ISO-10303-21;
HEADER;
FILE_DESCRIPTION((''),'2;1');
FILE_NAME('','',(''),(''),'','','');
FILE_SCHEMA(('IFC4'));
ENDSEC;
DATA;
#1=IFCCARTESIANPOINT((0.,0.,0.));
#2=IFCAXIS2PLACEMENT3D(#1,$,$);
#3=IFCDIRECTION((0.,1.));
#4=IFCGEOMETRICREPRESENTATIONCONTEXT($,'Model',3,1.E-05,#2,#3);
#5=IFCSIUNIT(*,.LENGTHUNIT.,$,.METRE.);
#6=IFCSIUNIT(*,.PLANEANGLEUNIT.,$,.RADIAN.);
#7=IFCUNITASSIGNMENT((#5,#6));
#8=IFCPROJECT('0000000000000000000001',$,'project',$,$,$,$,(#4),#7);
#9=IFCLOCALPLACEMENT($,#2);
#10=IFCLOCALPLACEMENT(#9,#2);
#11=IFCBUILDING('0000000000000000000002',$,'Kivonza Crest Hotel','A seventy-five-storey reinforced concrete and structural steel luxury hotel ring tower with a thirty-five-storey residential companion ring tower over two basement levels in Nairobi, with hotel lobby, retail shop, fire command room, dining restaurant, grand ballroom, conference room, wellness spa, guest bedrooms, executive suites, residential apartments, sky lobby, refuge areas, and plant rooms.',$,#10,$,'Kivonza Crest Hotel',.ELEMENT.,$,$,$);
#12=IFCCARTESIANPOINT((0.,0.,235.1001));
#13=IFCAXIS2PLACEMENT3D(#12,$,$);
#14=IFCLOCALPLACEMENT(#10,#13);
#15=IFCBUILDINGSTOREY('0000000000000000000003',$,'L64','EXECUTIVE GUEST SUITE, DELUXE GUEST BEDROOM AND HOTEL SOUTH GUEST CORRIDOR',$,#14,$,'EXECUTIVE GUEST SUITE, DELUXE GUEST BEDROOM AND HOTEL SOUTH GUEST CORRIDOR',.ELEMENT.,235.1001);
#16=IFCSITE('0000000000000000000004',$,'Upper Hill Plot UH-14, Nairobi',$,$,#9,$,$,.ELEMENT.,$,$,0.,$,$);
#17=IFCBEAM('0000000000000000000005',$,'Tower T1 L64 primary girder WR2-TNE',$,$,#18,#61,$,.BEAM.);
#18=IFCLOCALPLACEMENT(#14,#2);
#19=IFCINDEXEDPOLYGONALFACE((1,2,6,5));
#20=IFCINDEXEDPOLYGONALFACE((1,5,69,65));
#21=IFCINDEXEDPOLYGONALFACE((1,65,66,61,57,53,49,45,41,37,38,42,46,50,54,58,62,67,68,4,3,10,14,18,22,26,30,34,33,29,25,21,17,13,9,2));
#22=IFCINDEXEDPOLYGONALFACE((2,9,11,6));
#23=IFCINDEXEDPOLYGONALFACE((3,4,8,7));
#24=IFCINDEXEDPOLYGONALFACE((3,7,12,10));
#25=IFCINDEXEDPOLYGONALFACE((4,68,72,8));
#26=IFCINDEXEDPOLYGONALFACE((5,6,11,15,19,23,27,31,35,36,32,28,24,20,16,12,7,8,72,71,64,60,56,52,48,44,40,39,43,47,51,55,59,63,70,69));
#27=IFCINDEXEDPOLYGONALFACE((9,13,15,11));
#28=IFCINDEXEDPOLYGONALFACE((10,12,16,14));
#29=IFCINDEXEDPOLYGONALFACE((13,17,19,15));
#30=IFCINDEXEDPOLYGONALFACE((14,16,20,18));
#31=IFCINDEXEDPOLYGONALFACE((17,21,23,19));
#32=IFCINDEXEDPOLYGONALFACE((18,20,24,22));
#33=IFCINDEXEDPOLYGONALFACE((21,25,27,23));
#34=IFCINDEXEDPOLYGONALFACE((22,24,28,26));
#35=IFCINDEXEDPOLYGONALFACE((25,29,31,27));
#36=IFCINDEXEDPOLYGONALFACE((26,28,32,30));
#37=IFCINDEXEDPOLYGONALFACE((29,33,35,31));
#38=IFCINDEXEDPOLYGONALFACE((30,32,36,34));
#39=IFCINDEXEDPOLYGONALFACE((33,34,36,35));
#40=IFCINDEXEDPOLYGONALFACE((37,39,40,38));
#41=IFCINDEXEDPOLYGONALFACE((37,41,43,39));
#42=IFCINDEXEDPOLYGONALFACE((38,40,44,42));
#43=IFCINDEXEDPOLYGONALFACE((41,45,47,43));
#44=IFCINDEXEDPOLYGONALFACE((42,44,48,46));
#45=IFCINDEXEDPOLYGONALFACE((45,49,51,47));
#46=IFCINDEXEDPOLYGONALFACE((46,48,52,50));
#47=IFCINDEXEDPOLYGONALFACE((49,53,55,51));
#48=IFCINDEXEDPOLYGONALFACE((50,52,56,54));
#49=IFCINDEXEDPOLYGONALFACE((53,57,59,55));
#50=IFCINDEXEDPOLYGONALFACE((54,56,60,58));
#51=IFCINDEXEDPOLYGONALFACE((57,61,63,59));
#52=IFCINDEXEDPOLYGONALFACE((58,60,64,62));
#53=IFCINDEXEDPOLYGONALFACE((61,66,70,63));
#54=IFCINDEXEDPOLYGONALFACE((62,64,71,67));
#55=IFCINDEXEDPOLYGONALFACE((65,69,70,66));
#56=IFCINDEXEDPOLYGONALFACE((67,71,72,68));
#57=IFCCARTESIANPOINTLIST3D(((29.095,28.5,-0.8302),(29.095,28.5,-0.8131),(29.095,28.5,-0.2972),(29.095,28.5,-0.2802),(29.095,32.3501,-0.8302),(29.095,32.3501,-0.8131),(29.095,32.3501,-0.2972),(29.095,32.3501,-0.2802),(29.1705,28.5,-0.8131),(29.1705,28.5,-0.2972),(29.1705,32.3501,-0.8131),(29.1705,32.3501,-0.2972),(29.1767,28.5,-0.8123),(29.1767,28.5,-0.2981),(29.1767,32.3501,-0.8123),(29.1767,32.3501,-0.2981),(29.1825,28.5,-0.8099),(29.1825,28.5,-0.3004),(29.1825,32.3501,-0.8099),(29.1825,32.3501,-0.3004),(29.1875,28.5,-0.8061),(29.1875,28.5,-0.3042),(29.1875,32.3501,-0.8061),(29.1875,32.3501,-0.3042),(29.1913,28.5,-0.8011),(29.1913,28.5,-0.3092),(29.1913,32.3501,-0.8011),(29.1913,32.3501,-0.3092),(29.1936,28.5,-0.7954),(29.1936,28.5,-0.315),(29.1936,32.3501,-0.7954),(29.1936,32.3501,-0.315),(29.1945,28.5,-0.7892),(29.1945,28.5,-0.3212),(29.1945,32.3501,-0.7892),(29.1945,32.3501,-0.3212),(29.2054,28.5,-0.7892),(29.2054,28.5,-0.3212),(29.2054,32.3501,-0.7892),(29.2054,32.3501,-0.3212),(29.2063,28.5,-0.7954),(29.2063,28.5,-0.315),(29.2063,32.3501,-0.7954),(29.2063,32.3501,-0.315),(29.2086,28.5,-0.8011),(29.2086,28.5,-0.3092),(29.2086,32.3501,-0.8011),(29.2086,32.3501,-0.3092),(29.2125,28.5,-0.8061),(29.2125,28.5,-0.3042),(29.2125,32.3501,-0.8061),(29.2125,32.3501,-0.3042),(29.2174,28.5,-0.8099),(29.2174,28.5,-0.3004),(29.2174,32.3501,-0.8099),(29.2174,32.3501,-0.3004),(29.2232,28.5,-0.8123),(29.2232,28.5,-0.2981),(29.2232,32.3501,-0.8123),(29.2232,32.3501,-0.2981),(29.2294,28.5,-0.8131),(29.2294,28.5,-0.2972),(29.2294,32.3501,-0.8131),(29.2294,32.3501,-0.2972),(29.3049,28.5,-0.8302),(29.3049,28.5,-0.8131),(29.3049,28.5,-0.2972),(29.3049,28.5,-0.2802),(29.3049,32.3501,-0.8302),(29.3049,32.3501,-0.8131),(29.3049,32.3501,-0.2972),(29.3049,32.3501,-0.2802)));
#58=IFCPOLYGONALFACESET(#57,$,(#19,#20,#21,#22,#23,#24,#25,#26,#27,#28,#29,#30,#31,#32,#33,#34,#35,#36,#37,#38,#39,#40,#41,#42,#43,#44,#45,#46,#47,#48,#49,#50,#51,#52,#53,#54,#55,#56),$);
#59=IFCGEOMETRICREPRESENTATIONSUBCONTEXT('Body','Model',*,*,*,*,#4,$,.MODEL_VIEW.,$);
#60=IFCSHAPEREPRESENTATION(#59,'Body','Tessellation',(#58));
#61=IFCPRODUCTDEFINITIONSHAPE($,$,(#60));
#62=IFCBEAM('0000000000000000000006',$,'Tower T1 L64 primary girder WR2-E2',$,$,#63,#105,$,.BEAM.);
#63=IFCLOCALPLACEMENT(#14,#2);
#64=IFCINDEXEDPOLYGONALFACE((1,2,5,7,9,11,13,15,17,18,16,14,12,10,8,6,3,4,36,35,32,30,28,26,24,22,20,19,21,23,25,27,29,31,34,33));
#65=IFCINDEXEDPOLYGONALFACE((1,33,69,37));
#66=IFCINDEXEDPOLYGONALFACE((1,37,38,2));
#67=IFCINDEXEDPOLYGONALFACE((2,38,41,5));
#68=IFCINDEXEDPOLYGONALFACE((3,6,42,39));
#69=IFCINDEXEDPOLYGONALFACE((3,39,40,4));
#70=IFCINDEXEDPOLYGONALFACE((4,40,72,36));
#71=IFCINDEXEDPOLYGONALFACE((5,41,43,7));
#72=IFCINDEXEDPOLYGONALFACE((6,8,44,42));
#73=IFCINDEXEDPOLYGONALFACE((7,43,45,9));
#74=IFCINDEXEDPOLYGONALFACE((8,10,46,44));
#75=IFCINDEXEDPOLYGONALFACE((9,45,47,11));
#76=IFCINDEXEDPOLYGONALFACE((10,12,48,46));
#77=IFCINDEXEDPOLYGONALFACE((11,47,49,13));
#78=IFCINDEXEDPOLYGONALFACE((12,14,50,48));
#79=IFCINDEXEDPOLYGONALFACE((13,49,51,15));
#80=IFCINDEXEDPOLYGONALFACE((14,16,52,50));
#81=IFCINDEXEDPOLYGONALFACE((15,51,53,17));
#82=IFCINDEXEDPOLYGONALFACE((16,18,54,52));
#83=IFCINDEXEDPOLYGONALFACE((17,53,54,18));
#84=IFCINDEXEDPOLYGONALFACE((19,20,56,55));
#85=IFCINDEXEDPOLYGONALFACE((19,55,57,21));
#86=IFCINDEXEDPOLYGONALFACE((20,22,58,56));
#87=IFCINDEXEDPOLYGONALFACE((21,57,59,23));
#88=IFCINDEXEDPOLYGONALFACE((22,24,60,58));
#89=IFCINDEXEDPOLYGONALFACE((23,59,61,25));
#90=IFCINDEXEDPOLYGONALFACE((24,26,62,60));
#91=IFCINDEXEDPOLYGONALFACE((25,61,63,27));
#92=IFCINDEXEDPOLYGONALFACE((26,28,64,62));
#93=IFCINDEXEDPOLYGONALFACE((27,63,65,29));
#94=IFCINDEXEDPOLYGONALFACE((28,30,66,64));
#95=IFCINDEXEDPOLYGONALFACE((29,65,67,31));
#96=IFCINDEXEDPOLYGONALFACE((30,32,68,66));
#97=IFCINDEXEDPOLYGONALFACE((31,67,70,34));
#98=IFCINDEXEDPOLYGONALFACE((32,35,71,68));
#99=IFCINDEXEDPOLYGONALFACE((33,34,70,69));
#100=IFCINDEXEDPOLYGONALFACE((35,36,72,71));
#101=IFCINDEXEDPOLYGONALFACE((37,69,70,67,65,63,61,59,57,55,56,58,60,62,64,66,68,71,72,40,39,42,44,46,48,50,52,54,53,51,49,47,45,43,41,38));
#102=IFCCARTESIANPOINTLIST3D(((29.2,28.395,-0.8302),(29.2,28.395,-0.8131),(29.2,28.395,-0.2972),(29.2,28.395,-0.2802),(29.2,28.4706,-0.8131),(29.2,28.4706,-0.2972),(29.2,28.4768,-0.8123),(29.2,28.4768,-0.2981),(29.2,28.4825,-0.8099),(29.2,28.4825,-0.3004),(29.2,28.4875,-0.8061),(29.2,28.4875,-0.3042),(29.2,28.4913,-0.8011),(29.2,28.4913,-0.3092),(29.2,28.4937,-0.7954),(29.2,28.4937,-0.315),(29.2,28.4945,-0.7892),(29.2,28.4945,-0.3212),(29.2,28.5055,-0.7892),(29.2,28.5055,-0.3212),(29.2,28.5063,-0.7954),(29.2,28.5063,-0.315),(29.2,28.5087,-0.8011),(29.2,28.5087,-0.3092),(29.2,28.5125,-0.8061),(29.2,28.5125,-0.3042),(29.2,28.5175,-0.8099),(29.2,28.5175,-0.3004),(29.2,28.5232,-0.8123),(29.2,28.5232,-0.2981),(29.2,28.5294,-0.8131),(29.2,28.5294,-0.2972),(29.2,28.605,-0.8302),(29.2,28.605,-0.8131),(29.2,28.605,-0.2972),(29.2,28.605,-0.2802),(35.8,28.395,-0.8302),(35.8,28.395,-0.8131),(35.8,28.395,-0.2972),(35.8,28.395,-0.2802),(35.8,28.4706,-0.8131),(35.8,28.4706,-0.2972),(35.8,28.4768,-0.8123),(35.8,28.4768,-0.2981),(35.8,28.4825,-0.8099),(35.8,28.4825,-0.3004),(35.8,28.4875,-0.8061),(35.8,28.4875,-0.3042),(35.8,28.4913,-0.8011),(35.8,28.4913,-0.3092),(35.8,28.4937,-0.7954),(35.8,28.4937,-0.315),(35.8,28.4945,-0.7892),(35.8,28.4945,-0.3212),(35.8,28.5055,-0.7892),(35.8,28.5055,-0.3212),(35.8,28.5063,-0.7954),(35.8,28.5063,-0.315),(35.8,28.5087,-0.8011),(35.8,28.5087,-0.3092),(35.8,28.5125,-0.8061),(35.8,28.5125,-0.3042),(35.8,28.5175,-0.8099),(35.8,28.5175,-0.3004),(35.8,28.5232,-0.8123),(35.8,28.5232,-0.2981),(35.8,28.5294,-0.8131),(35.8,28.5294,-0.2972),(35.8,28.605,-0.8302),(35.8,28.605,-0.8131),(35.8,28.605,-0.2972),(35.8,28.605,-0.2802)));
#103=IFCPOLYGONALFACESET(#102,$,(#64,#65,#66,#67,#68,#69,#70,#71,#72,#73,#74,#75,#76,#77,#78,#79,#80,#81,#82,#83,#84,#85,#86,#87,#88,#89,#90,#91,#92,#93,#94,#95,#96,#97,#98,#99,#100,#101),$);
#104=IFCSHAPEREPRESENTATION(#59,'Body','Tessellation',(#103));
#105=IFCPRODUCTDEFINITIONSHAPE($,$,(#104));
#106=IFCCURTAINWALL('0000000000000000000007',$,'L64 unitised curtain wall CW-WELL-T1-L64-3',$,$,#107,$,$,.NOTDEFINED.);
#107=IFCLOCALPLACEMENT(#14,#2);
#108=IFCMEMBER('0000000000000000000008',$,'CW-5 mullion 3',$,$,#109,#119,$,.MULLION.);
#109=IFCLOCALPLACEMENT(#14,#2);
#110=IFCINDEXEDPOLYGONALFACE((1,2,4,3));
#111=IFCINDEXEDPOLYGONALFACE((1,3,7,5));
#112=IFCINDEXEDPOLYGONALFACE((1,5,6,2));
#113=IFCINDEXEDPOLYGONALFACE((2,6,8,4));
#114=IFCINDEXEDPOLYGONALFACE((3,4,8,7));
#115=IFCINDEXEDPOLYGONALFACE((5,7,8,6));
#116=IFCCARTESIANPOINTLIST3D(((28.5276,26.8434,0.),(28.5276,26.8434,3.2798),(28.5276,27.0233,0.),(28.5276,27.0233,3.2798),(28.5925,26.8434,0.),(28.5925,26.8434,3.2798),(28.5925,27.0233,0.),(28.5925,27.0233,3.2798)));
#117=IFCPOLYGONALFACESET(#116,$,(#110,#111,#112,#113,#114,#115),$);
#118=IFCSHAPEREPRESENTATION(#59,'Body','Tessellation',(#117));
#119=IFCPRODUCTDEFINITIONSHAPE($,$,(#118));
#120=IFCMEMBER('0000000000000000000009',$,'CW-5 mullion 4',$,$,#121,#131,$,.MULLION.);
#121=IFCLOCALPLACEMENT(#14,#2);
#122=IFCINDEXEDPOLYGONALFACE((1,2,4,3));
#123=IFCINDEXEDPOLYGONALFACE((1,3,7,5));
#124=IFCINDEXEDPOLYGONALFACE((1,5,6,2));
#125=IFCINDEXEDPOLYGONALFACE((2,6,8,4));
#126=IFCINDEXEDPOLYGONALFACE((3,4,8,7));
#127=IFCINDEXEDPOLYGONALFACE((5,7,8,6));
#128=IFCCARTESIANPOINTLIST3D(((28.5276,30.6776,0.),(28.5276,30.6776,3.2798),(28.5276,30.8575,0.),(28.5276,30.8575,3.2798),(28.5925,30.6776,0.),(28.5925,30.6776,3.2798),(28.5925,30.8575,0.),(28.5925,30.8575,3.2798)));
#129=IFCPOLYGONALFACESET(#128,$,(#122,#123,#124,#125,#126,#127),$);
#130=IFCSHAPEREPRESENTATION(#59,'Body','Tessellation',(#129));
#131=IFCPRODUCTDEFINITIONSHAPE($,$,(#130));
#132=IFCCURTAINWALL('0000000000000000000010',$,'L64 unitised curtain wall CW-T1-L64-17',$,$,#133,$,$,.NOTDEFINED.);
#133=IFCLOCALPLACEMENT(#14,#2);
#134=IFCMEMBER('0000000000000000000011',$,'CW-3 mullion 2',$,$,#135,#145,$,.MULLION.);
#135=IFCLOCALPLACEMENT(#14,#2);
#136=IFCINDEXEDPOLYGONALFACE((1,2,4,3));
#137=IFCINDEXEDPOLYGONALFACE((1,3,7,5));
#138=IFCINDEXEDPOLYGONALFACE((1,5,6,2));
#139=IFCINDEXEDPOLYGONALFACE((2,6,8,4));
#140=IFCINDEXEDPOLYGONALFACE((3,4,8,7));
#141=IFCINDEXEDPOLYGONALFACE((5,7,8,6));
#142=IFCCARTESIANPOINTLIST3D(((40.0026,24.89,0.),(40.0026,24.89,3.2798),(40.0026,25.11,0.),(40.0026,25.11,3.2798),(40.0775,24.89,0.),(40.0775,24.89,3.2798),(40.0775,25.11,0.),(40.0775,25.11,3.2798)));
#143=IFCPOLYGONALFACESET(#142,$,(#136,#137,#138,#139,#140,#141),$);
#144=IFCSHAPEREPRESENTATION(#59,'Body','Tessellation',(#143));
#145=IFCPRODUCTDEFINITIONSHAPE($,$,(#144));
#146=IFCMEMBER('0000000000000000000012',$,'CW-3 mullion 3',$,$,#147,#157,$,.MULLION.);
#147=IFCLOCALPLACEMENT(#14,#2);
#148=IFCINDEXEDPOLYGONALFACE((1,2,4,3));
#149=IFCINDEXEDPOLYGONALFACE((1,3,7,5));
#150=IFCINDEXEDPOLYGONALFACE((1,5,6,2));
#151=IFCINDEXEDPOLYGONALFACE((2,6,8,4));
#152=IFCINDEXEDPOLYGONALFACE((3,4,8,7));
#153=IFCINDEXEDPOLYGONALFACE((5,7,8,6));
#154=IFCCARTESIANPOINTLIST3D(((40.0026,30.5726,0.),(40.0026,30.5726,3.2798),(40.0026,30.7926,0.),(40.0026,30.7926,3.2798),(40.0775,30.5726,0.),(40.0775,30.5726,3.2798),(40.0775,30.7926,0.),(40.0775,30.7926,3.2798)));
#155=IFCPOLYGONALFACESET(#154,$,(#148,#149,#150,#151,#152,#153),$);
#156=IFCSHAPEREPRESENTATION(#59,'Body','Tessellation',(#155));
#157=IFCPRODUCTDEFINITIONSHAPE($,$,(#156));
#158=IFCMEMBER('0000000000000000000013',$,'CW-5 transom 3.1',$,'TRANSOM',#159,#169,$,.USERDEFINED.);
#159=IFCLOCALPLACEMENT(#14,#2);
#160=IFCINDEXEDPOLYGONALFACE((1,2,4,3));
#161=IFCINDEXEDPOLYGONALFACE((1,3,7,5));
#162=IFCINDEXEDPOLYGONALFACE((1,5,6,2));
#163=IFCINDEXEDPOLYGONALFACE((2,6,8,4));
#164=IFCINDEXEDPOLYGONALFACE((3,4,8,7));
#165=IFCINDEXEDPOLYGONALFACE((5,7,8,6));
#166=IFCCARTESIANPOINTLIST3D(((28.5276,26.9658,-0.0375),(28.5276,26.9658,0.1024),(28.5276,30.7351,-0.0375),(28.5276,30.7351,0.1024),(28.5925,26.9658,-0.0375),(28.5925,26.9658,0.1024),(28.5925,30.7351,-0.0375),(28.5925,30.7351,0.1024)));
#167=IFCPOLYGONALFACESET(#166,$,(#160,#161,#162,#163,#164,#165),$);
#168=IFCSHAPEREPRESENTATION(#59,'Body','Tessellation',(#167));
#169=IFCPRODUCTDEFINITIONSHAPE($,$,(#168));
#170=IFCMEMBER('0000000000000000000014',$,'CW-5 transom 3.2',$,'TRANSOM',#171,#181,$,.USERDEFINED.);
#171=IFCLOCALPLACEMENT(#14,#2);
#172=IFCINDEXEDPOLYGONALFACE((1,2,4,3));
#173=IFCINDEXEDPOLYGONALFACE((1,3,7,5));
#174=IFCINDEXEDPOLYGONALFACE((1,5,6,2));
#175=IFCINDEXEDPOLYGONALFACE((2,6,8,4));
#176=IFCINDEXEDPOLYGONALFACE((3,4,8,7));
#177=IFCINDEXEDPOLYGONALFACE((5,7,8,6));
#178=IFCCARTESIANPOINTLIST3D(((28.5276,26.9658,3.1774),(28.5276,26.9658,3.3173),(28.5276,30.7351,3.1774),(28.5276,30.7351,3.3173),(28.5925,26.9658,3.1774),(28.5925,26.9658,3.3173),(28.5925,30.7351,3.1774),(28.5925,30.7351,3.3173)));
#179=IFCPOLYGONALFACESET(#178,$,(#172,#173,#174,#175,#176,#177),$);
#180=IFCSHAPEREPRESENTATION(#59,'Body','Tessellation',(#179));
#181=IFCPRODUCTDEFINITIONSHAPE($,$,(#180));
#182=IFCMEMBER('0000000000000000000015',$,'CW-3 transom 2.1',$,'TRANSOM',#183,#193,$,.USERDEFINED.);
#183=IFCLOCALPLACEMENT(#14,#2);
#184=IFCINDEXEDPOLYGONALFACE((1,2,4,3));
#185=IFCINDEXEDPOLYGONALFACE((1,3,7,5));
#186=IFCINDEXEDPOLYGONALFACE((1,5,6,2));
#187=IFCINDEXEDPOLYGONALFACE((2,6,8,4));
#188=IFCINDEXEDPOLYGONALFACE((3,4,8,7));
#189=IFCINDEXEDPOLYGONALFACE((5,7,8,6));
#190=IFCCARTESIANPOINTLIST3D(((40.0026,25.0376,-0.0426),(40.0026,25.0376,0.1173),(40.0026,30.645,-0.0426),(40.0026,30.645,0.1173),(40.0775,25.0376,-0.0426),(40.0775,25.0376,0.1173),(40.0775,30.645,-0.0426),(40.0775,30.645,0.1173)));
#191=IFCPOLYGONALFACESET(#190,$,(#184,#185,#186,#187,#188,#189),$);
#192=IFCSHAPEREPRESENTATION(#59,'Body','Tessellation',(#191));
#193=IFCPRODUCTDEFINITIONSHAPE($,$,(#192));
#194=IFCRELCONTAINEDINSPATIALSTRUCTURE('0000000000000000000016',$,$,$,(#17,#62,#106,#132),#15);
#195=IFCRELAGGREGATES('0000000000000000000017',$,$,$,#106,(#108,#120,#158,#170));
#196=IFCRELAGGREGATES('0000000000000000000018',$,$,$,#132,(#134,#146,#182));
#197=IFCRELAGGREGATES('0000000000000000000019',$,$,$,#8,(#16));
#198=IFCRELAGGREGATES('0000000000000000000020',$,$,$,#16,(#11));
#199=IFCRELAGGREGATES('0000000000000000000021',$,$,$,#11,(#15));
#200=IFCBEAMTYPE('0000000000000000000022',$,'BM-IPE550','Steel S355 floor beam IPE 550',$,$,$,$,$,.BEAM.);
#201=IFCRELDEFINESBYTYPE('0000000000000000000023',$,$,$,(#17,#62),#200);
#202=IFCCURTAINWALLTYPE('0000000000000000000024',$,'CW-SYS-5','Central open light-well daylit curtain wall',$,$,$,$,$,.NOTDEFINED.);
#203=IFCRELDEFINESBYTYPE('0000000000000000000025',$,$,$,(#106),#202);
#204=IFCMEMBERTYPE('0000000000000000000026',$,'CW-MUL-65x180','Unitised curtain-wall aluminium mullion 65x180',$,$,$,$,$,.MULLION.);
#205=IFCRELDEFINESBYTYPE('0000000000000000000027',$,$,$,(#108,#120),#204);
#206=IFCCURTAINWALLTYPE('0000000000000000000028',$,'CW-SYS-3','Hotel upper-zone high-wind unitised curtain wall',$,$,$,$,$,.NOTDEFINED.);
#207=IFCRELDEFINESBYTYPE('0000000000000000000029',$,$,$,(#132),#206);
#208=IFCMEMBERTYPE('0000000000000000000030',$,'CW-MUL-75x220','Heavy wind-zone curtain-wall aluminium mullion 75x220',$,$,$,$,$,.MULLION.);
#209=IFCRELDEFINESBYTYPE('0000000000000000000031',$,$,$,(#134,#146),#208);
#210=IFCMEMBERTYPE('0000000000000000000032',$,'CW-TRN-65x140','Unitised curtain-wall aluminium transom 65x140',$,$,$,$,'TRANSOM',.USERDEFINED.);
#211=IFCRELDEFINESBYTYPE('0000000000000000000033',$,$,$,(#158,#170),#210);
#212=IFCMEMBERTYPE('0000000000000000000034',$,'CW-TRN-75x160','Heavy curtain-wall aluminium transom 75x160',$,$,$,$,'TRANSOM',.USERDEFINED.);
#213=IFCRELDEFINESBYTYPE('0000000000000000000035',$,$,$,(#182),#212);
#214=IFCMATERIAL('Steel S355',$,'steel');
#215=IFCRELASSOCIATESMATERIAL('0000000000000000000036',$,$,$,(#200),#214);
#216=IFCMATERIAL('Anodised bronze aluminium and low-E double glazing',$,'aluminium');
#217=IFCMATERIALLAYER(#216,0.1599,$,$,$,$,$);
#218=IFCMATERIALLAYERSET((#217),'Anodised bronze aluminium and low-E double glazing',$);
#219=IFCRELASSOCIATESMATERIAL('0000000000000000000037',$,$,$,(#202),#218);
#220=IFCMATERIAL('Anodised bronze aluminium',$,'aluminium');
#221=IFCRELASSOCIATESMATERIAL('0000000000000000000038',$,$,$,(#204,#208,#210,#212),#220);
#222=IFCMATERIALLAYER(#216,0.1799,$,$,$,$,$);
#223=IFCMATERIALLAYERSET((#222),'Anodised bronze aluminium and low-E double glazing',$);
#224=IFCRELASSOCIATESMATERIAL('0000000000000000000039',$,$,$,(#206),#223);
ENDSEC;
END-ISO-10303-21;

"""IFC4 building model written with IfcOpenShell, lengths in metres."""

from ifc_helpers import new_model, si_unit, direction, frame, origin, origin_2d, place, context, subcontext, project, spatial, rectangle, i_section, extrude, material, layer, layer_set, material_profile, profile_set, type_object, element, aggregate, save


model = new_model("IFC4")

# Units and contexts
model_context = context("Model", 3, precision=1e-05, world=origin(), true_north=direction((0.0, 1.0)))
body_context = subcontext(model_context, "Body", "Model", "MODEL_VIEW")
ifc_project = project(units=[si_unit("LENGTHUNIT", "METRE"), si_unit("PLANEANGLEUNIT", "RADIAN")], contexts=[model_context])

# Site, building, storey
site_placement = place(None, origin())
site = spatial("IfcSite", under=ifc_project, at=site_placement, Name="Upper Hill Plot UH-14, Nairobi", CompositionType="ELEMENT", RefElevation=0.0)
building_placement = place(site_placement, origin())
building = spatial("IfcBuilding", under=site, at=building_placement, Name="Kivonza Crest Hotel", Description="A seventy-five-storey reinforced concrete and structural steel luxury hotel ring tower with a thirty-five-storey residential companion ring tower over two basement levels in Nairobi, with hotel lobby, retail shop, fire command room, dining restaurant, grand ballroom, conference room, wellness spa, guest bedrooms, executive suites, residential apartments, sky lobby, refuge areas, and plant rooms.", LongName="Kivonza Crest Hotel", CompositionType="ELEMENT")
storey_placement = place(building_placement, frame((0.0, 0.0, 235.1001)))
storey = spatial("IfcBuildingStorey", under=building, at=storey_placement, Name="L64", Description="EXECUTIVE GUEST SUITE, DELUXE GUEST BEDROOM AND HOTEL SOUTH GUEST CORRIDOR", LongName="EXECUTIVE GUEST SUITE, DELUXE GUEST BEDROOM AND HOTEL SOUTH GUEST CORRIDOR", CompositionType="ELEMENT", Elevation=235.1001)

# Beams
ifc_material_1 = material(Name="Steel S355", Category="steel")
ifc_material_profile_1 = material_profile(ifc_material_1, i_section(OverallWidth=0.21, OverallDepth=0.55, WebThickness=0.011, FlangeThickness=0.0171, FilletRadius=0.0239, at=origin_2d()), Name="IPE 550")
ifc_profile_set_1 = profile_set([ifc_material_profile_1], Name="Steel S355")
beam_type_1 = type_object("IfcBeamType", Name="BM-IPE550", Description="Steel S355 floor beam IPE 550", PredefinedType="BEAM", material=ifc_profile_set_1)
beam_1_placement = place(storey_placement, frame((29.2, 28.5, -0.5552), z_axis=(0.0, 1.0, 0.0), x_axis=(-1.0, 0.0, 0.0)))
element("IfcBeam", 1, at=beam_1_placement, inside=storey, type_object=beam_type_1, Name="Tower T1 L64 primary girder WR2-TNE", PredefinedType="BEAM", context=body_context, shape_type="SweptSolid", body=[
    extrude(i_section(OverallWidth=0.21, OverallDepth=0.55, WebThickness=0.011, FlangeThickness=0.0171, FilletRadius=0.0239, at=origin_2d()), origin(), (0.0, 0.0, 1.0), 3.8501),
])
beam_2_placement = place(storey_placement, frame((29.2, 28.5, -0.5552), z_axis=(1.0, 0.0, 0.0), x_axis=(0.0, 1.0, 0.0)))
element("IfcBeam", 2, at=beam_2_placement, inside=storey, type_object=beam_type_1, Name="Tower T1 L64 primary girder WR2-E2", PredefinedType="BEAM", context=body_context, shape_type="SweptSolid", body=[
    extrude(i_section(OverallWidth=0.21, OverallDepth=0.55, WebThickness=0.011, FlangeThickness=0.0171, FilletRadius=0.0239, at=origin_2d()), origin(), (0.0, 0.0, 1.0), 6.6001),
])

# Curtain walls, members
ifc_material_2 = material(Name="Anodised bronze aluminium and low-E double glazing", Category="aluminium")
ifc_layer_1 = layer(ifc_material_2, 0.1599)
ifc_layer_set_1 = layer_set([ifc_layer_1], Name="Anodised bronze aluminium and low-E double glazing")
curtain_wall_type_1 = type_object("IfcCurtainWallType", Name="CW-SYS-5", Description="Central open light-well daylit curtain wall", PredefinedType="NOTDEFINED", material=ifc_layer_set_1)
curtain_wall_1_placement = place(storey_placement, origin())
curtain_wall_1 = element("IfcCurtainWall", 3, at=curtain_wall_1_placement, inside=storey, type_object=curtain_wall_type_1, Name="L64 unitised curtain wall CW-WELL-T1-L64-3", PredefinedType="NOTDEFINED")
ifc_material_3 = material(Name="Anodised bronze aluminium", Category="aluminium")
ifc_material_profile_2 = material_profile(ifc_material_3, rectangle(XDim=0.0649, YDim=0.1799, at=origin_2d()), Name="CW-M 65x180")
ifc_profile_set_2 = profile_set([ifc_material_profile_2], Name="Anodised bronze aluminium")
member_type_1 = type_object("IfcMemberType", Name="CW-MUL-65x180", Description="Unitised curtain-wall aluminium mullion 65x180", PredefinedType="MULLION", material=ifc_profile_set_2)
member_1_placement = place(storey_placement, frame((28.5601, 26.9333, 0.0), z_axis=(0.0, 0.0, 1.0), x_axis=(-1.0, 0.0, 0.0)))
member_1 = element("IfcMember", 4, at=member_1_placement, type_object=member_type_1, Name="CW-5 mullion 3", PredefinedType="MULLION", context=body_context, shape_type="SweptSolid", body=[
    extrude(rectangle(XDim=0.0649, YDim=0.1799, at=origin_2d()), origin(), (0.0, 0.0, 1.0), 3.2798),
])
member_2_placement = place(storey_placement, frame((28.5601, 30.7676, 0.0), z_axis=(0.0, 0.0, 1.0), x_axis=(-1.0, 0.0, 0.0)))
member_2 = element("IfcMember", 5, at=member_2_placement, type_object=member_type_1, Name="CW-5 mullion 4", PredefinedType="MULLION", context=body_context, shape_type="SweptSolid", body=[
    extrude(rectangle(XDim=0.0649, YDim=0.1799, at=origin_2d()), origin(), (0.0, 0.0, 1.0), 3.2798),
])
ifc_layer_2 = layer(ifc_material_2, 0.1799)
ifc_layer_set_2 = layer_set([ifc_layer_2], Name="Anodised bronze aluminium and low-E double glazing")
curtain_wall_type_2 = type_object("IfcCurtainWallType", Name="CW-SYS-3", Description="Hotel upper-zone high-wind unitised curtain wall", PredefinedType="NOTDEFINED", material=ifc_layer_set_2)
curtain_wall_2_placement = place(storey_placement, origin())
curtain_wall_2 = element("IfcCurtainWall", 6, at=curtain_wall_2_placement, inside=storey, type_object=curtain_wall_type_2, Name="L64 unitised curtain wall CW-T1-L64-17", PredefinedType="NOTDEFINED")
ifc_material_profile_3 = material_profile(ifc_material_3, rectangle(XDim=0.075, YDim=0.22, at=origin_2d()), Name="CW-M 75x220")
ifc_profile_set_3 = profile_set([ifc_material_profile_3], Name="Anodised bronze aluminium")
member_type_2 = type_object("IfcMemberType", Name="CW-MUL-75x220", Description="Heavy wind-zone curtain-wall aluminium mullion 75x220", PredefinedType="MULLION", material=ifc_profile_set_3)
member_3_placement = place(storey_placement, frame((40.04, 25.0, 0.0), z_axis=(0.0, 0.0, 1.0), x_axis=(-1.0, 0.0, 0.0)))
member_3 = element("IfcMember", 7, at=member_3_placement, type_object=member_type_2, Name="CW-3 mullion 2", PredefinedType="MULLION", context=body_context, shape_type="SweptSolid", body=[
    extrude(rectangle(XDim=0.075, YDim=0.22, at=origin_2d()), origin(), (0.0, 0.0, 1.0), 3.2798),
])
member_4_placement = place(storey_placement, frame((40.04, 30.6826, 0.0), z_axis=(0.0, 0.0, 1.0), x_axis=(-1.0, 0.0, 0.0)))
member_4 = element("IfcMember", 8, at=member_4_placement, type_object=member_type_2, Name="CW-3 mullion 3", PredefinedType="MULLION", context=body_context, shape_type="SweptSolid", body=[
    extrude(rectangle(XDim=0.075, YDim=0.22, at=origin_2d()), origin(), (0.0, 0.0, 1.0), 3.2798),
])

# Members
ifc_material_profile_4 = material_profile(ifc_material_3, rectangle(XDim=0.0649, YDim=0.1399, at=origin_2d()), Name="CW-T 65x140")
ifc_profile_set_4 = profile_set([ifc_material_profile_4], Name="Anodised bronze aluminium")
member_type_3 = type_object("IfcMemberType", Name="CW-TRN-65x140", Description="Unitised curtain-wall aluminium transom 65x140", ElementType="TRANSOM", PredefinedType="USERDEFINED", material=ifc_profile_set_4)
member_5_placement = place(storey_placement, frame((28.5601, 26.9658, 0.0325), z_axis=(0.0, 1.0, 0.0), x_axis=(-1.0, 0.0, 0.0)))
member_5 = element("IfcMember", 9, at=member_5_placement, type_object=member_type_3, Name="CW-5 transom 3.1", ObjectType="TRANSOM", PredefinedType="USERDEFINED", context=body_context, shape_type="SweptSolid", body=[
    extrude(rectangle(XDim=0.0649, YDim=0.1399, at=origin_2d()), origin(), (0.0, 0.0, 1.0), 3.7693),
])
member_6_placement = place(storey_placement, frame((28.5601, 26.9658, 3.2473), z_axis=(0.0, 1.0, 0.0), x_axis=(-1.0, 0.0, 0.0)))
member_6 = element("IfcMember", 10, at=member_6_placement, type_object=member_type_3, Name="CW-5 transom 3.2", ObjectType="TRANSOM", PredefinedType="USERDEFINED", context=body_context, shape_type="SweptSolid", body=[
    extrude(rectangle(XDim=0.0649, YDim=0.1399, at=origin_2d()), origin(), (0.0, 0.0, 1.0), 3.7693),
])
ifc_material_profile_5 = material_profile(ifc_material_3, rectangle(XDim=0.075, YDim=0.1599, at=origin_2d()), Name="CW-T 75x160")
ifc_profile_set_5 = profile_set([ifc_material_profile_5], Name="Anodised bronze aluminium")
member_type_4 = type_object("IfcMemberType", Name="CW-TRN-75x160", Description="Heavy curtain-wall aluminium transom 75x160", ElementType="TRANSOM", PredefinedType="USERDEFINED", material=ifc_profile_set_5)
member_7_placement = place(storey_placement, frame((40.04, 25.0376, 0.0374), z_axis=(0.0, 1.0, 0.0), x_axis=(-1.0, 0.0, 0.0)))
member_7 = element("IfcMember", 11, at=member_7_placement, type_object=member_type_4, Name="CW-3 transom 2.1", ObjectType="TRANSOM", PredefinedType="USERDEFINED", context=body_context, shape_type="SweptSolid", body=[
    extrude(rectangle(XDim=0.075, YDim=0.1599, at=origin_2d()), origin(), (0.0, 0.0, 1.0), 5.6074),
])

aggregate(curtain_wall_1, [member_1, member_2, member_5, member_6])
aggregate(curtain_wall_2, [member_3, member_4, member_7])

save(model, "model.ifc")
